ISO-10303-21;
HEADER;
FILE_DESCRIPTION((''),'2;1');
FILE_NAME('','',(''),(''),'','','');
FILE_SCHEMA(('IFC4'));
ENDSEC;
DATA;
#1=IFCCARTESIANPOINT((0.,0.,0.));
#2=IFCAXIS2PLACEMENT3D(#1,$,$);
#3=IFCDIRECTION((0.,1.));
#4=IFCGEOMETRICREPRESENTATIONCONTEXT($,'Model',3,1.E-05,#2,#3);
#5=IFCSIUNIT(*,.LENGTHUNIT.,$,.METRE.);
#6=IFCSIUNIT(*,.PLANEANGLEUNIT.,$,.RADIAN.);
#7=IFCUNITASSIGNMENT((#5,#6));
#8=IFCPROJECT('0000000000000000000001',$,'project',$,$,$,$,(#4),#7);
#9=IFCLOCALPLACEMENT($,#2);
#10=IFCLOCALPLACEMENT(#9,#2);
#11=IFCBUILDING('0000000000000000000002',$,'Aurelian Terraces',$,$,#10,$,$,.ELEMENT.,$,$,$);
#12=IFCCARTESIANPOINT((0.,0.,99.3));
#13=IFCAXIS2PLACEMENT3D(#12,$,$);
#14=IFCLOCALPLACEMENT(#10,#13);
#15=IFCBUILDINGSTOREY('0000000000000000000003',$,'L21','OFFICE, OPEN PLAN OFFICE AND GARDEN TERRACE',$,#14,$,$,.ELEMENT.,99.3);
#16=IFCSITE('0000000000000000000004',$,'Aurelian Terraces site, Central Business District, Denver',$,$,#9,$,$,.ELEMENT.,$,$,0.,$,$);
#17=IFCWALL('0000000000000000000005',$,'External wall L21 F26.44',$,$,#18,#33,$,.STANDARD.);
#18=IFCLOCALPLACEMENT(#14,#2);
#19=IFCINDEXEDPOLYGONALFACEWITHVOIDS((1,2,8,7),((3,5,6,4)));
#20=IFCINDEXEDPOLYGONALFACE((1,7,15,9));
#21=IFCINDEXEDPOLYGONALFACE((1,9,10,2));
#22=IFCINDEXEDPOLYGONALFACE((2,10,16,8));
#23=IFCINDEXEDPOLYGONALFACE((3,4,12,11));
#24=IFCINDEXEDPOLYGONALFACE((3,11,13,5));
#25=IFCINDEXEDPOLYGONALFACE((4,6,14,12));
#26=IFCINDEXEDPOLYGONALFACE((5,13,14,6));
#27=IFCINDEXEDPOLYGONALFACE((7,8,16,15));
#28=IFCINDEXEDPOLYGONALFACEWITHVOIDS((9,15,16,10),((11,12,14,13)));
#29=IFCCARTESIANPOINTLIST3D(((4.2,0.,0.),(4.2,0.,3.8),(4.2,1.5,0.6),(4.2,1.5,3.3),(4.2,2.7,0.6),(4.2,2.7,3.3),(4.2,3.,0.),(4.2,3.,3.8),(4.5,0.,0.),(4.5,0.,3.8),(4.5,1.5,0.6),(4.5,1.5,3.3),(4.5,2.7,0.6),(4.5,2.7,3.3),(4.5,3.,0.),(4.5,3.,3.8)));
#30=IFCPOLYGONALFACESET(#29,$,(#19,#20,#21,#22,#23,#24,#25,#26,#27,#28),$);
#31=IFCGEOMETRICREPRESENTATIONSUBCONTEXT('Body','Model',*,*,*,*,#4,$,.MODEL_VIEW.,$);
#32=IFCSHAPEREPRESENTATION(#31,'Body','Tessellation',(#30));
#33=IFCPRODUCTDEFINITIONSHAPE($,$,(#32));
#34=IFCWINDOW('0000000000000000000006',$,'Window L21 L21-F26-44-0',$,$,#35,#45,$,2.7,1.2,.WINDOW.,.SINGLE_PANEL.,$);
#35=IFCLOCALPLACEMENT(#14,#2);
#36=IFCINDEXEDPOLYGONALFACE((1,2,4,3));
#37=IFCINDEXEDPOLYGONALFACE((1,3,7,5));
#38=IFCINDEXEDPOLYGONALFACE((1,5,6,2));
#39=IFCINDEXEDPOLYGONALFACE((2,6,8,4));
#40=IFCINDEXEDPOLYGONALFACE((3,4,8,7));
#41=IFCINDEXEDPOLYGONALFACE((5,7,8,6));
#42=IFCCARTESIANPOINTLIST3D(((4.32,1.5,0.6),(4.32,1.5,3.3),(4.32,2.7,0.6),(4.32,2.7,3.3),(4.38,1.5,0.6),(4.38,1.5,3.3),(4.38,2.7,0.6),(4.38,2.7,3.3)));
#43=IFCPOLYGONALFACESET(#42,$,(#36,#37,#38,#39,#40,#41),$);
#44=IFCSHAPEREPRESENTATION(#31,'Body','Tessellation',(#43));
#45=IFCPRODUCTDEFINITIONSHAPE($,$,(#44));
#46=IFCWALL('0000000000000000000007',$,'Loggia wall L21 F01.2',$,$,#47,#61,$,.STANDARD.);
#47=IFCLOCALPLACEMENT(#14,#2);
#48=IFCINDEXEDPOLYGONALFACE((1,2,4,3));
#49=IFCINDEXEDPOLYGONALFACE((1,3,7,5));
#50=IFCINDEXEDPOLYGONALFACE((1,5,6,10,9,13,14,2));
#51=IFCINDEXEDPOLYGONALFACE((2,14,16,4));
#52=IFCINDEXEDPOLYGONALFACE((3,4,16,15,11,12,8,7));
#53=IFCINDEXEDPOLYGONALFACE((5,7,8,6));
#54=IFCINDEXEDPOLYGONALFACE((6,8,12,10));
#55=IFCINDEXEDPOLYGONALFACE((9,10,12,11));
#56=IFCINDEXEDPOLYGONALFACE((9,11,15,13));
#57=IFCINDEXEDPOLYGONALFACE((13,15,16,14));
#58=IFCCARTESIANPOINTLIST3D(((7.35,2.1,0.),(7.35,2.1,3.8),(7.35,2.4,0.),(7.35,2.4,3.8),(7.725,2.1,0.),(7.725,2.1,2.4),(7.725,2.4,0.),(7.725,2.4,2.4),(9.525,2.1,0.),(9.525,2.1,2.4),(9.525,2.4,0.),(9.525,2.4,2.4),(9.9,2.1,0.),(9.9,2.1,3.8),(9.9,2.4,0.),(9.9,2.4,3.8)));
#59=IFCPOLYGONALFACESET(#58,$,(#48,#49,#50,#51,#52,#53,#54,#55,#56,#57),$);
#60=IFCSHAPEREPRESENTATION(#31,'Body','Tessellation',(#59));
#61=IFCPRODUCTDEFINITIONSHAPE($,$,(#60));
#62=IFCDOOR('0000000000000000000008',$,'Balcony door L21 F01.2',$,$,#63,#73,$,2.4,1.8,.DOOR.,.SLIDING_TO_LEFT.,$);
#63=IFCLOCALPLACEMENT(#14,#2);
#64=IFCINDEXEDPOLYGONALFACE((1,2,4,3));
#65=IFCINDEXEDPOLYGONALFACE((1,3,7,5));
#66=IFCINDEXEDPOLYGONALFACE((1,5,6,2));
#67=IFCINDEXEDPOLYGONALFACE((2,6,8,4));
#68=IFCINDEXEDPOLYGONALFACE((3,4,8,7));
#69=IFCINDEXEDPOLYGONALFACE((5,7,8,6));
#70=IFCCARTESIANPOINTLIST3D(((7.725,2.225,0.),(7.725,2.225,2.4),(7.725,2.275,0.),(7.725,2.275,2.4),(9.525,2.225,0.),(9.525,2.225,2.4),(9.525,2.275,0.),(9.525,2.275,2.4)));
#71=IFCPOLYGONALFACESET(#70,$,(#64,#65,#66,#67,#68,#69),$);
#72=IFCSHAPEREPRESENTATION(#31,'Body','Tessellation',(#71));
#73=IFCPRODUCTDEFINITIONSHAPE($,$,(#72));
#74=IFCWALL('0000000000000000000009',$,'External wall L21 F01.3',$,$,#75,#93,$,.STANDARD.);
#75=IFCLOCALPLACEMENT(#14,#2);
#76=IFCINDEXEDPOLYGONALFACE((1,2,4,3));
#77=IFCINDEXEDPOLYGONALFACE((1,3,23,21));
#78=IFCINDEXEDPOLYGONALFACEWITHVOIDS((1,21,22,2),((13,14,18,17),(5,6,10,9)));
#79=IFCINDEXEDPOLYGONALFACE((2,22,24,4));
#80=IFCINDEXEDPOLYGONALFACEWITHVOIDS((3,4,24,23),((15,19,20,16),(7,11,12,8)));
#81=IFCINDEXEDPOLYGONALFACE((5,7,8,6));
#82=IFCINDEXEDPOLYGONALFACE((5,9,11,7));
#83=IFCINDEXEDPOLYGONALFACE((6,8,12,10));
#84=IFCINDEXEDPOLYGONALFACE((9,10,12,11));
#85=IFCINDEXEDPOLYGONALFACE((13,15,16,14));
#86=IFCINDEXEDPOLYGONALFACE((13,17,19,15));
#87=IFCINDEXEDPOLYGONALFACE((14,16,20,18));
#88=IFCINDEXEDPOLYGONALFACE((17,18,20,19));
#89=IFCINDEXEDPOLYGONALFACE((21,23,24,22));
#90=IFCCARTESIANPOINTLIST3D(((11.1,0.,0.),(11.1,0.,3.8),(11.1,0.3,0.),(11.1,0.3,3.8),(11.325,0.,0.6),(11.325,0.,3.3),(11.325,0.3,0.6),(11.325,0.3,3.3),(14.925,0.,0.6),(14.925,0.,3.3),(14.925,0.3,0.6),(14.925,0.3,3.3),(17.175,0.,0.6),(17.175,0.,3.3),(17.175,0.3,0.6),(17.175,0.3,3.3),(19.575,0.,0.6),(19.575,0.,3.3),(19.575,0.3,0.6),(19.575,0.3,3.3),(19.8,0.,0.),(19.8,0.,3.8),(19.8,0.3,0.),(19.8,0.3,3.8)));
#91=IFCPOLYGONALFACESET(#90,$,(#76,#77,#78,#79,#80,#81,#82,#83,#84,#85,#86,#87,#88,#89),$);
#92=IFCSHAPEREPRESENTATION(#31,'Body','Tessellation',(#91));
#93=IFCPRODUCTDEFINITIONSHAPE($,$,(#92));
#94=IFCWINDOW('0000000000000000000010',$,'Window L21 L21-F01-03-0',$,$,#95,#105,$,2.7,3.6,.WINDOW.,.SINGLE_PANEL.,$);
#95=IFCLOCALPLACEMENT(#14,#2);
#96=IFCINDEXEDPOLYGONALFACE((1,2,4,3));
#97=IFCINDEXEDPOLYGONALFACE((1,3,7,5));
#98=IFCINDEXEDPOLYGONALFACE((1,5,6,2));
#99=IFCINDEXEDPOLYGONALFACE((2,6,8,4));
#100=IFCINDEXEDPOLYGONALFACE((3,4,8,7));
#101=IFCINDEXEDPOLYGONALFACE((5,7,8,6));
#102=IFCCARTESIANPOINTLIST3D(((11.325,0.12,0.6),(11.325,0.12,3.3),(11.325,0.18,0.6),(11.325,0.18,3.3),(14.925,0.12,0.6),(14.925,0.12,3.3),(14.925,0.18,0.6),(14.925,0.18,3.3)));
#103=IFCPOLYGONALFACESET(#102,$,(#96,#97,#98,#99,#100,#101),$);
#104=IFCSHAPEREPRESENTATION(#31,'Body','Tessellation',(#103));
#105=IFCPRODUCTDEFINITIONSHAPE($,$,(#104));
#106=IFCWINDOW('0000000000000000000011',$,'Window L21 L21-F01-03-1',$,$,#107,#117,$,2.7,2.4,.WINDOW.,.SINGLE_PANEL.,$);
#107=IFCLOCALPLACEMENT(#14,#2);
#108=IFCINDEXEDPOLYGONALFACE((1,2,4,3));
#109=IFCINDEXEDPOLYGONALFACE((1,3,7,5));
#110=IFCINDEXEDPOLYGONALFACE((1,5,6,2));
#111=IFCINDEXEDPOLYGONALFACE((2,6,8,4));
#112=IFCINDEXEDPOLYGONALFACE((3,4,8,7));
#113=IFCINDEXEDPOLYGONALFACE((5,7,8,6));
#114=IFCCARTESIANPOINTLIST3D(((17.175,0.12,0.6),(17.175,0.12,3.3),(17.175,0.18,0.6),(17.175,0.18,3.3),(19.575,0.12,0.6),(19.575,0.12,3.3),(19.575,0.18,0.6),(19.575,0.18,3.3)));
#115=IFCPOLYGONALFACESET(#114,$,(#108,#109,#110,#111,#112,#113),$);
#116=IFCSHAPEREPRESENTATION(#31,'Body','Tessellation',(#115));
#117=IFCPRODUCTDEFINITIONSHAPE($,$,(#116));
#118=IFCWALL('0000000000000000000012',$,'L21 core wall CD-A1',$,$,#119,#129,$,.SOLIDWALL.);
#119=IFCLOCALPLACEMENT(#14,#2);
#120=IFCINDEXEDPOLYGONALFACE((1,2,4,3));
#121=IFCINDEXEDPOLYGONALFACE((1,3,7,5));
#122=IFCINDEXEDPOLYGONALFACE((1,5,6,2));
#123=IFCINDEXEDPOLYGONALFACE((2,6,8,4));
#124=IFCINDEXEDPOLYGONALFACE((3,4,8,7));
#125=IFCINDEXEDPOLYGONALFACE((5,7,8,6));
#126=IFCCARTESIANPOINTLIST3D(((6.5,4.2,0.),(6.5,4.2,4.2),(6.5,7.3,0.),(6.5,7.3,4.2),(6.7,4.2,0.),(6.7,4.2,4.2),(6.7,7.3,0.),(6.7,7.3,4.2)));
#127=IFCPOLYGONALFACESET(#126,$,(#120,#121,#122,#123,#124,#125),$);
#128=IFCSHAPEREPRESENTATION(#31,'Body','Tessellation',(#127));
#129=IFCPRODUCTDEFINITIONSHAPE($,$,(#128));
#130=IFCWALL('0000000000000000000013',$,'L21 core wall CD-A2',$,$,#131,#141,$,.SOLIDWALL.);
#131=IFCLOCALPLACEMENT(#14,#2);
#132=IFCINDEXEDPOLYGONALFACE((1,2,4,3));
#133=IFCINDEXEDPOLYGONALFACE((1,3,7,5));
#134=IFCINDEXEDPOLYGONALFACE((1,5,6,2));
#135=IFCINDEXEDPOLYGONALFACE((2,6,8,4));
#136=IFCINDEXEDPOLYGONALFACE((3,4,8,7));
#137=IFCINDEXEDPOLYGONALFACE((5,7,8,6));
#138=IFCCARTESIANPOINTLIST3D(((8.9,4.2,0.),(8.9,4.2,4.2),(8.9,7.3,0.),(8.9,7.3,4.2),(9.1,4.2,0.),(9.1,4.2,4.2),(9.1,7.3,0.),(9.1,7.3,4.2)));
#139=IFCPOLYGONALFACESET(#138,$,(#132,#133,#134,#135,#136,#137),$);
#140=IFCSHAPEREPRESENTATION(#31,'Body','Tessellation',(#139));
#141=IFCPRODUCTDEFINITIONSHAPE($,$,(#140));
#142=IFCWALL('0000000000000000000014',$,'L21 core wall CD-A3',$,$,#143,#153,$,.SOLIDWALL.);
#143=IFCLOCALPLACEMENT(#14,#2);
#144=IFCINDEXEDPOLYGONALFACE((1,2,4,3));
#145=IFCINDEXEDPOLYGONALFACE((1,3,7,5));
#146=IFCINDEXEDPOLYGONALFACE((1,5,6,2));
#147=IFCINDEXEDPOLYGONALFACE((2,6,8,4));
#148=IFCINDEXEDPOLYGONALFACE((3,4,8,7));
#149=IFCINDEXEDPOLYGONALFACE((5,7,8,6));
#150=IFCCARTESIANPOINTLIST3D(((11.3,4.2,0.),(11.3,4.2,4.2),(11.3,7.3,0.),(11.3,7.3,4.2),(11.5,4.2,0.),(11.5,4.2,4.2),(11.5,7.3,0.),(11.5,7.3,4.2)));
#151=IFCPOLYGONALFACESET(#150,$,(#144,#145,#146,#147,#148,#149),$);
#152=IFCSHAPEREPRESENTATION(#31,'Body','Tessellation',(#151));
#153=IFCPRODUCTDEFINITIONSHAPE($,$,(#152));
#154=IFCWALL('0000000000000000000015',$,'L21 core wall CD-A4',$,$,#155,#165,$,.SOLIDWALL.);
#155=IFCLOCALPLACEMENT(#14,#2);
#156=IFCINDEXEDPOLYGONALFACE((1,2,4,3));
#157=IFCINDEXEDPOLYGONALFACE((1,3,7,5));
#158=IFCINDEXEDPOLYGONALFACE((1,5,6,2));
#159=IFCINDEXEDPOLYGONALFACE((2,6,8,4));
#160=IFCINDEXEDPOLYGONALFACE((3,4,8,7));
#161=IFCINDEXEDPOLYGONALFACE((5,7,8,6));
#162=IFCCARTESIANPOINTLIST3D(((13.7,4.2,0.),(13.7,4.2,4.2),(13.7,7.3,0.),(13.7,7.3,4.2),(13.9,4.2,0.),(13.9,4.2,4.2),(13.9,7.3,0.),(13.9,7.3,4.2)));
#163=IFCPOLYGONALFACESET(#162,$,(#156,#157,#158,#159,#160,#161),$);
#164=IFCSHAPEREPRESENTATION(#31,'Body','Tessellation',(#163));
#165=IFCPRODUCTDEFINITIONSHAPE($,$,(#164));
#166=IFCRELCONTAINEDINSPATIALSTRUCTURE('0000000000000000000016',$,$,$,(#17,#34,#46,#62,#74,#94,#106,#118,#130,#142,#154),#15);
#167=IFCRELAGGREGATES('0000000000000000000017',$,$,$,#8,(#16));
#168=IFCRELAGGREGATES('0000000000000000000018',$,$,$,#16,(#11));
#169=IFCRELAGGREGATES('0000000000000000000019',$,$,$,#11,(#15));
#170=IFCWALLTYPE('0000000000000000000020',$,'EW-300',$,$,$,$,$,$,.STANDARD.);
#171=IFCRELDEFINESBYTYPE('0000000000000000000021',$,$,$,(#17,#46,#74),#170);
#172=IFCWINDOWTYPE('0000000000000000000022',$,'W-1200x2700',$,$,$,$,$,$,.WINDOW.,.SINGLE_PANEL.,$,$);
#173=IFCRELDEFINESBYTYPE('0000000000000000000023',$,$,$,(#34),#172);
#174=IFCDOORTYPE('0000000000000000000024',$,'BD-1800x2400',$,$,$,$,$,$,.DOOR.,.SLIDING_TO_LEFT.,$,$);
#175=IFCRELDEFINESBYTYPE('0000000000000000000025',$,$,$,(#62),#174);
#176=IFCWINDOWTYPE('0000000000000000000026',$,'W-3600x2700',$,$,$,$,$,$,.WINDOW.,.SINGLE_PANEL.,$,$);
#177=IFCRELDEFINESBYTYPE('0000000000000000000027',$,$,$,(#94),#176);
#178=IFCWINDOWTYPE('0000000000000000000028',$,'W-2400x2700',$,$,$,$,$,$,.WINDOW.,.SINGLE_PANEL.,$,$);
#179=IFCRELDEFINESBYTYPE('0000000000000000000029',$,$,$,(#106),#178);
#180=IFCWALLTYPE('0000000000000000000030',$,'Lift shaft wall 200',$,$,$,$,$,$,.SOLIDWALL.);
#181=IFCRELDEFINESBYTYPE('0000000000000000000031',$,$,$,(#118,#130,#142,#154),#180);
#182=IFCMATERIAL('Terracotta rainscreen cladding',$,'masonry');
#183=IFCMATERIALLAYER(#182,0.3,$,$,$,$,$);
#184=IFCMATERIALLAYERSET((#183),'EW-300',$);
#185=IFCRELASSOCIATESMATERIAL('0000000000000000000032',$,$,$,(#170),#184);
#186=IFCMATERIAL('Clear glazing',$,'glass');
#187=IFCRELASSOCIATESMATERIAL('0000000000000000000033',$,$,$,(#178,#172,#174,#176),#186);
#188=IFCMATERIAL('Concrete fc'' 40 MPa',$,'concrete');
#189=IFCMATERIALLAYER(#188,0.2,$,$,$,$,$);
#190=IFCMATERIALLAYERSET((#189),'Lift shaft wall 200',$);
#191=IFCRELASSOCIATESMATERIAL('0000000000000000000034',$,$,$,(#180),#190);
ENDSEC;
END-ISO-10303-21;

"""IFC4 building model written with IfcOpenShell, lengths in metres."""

from ifc_helpers import new_model, si_unit, direction, frame, frame_2d, origin, place, context, subcontext, project, spatial, rectangle, extrude, source, transform, mapped, material, layer, layer_set, type_object, element, fill, save


model = new_model("IFC4")

# Units and contexts
model_context = context("Model", 3, precision=1e-05, world=origin(), true_north=direction((0.0, 1.0)))
body_context = subcontext(model_context, "Body", "Model", "MODEL_VIEW")
ifc_project = project(units=[si_unit("LENGTHUNIT", "METRE"), si_unit("PLANEANGLEUNIT", "RADIAN")], contexts=[model_context])

# Site, building, storey
site_placement = place(None, origin())
site = spatial("IfcSite", under=ifc_project, at=site_placement, Name="Aurelian Terraces site, Central Business District, Denver", CompositionType="ELEMENT", RefElevation=0.0)
building_placement = place(site_placement, origin())
building = spatial("IfcBuilding", under=site, at=building_placement, Name="Aurelian Terraces", CompositionType="ELEMENT")
storey_placement = place(building_placement, frame((0.0, 0.0, 99.3)))
storey = spatial("IfcBuildingStorey", under=building, at=storey_placement, Name="L21", Description="OFFICE, OPEN PLAN OFFICE AND GARDEN TERRACE", CompositionType="ELEMENT", Elevation=99.3)

# Shared definitions
ifc_material_1 = material(Name="Terracotta rainscreen cladding", Category="masonry")
ifc_layer_1 = layer(ifc_material_1, 0.3)
ifc_layer_set_1 = layer_set([ifc_layer_1], Name="EW-300")
wall_type_1 = type_object("IfcWallType", Name="EW-300", PredefinedType="STANDARD", material=ifc_layer_set_1)
shared_shape_1 = source(origin(), body_context, "Body", "SweptSolid", [
    extrude(rectangle(XDim=2.4, YDim=2.7, at=frame_2d((1.2, 1.35))), frame((0.0, 0.16, 0.0), z_axis=(0.0, -1.0, 0.0), x_axis=(1.0, 0.0, 0.0)), (0.0, 0.0, 1.0), 0.32),
])
ifc_material_2 = material(Name="Clear glazing", Category="glass")
window_type_1 = type_object("IfcWindowType", Name="W-2400x2700", PartitioningType="SINGLE_PANEL", PredefinedType="WINDOW", material=ifc_material_2)
shared_shape_2 = source(origin(), body_context, "Body", "SweptSolid", [
    extrude(rectangle(XDim=2.4, YDim=2.7, at=frame_2d((1.2, 1.35))), frame((0.0, 0.03, 0.0), z_axis=(0.0, -1.0, 0.0), x_axis=(1.0, 0.0, 0.0)), (0.0, 0.0, 1.0), 0.06),
])

# Wall, opening, window
shared_shape_3 = source(origin(), body_context, "Body", "SweptSolid", [
    extrude(rectangle(XDim=3.0, YDim=0.3, at=frame_2d((1.5, 0.0))), origin(), (0.0, 0.0, 1.0), 3.8),
])
wall_1_placement = place(storey_placement, frame((4.35, 3.0, 0.0), z_axis=(0.0, 0.0, 1.0), x_axis=(0.0, -1.0, 0.0)))
wall_1 = element("IfcWall", 1, at=wall_1_placement, inside=storey, type_object=wall_type_1, Name="External wall L21 F26.44", PredefinedType="STANDARD", context=body_context, shape_type="MappedRepresentation", body=[
    mapped(shared_shape_3, transform((0.0, 0.0, 0.0), scale=1.0)),
])
shared_shape_4 = source(origin(), body_context, "Body", "SweptSolid", [
    extrude(rectangle(XDim=1.2, YDim=2.7, at=frame_2d((0.6, 1.35))), frame((0.0, 0.16, 0.0), z_axis=(0.0, -1.0, 0.0), x_axis=(1.0, 0.0, 0.0)), (0.0, 0.0, 1.0), 0.32),
])
opening_1_placement = place(wall_1_placement, frame((0.3, 0.0, 0.6)))
opening_1 = element("IfcOpeningElement", 2, at=opening_1_placement, cuts=wall_1, PredefinedType="OPENING", context=body_context, shape_type="MappedRepresentation", body=[
    mapped(shared_shape_4, transform((0.0, 0.0, 0.0), scale=1.0)),
])
window_type_2 = type_object("IfcWindowType", Name="W-1200x2700", PartitioningType="SINGLE_PANEL", PredefinedType="WINDOW", material=ifc_material_2)
shared_shape_5 = source(origin(), body_context, "Body", "SweptSolid", [
    extrude(rectangle(XDim=1.2, YDim=2.7, at=frame_2d((0.6, 1.35))), frame((0.0, 0.03, 0.0), z_axis=(0.0, -1.0, 0.0), x_axis=(1.0, 0.0, 0.0)), (0.0, 0.0, 1.0), 0.06),
])
window_1_placement = place(opening_1_placement, origin())
window_1 = element("IfcWindow", 3, at=window_1_placement, inside=storey, type_object=window_type_2, Name="Window L21 L21-F26-44-0", OverallHeight=2.7, OverallWidth=1.2, PartitioningType="SINGLE_PANEL", PredefinedType="WINDOW", context=body_context, shape_type="MappedRepresentation", body=[
    mapped(shared_shape_5, transform((0.0, 0.0, 0.0), scale=1.0)),
])
fill(opening_1, window_1)

# Wall, opening, door
shared_shape_6 = source(origin(), body_context, "Body", "SweptSolid", [
    extrude(rectangle(XDim=2.55, YDim=0.3, at=frame_2d((1.275, 0.0))), origin(), (0.0, 0.0, 1.0), 3.8),
])
wall_2_placement = place(storey_placement, frame((7.35, 2.25, 0.0), z_axis=(0.0, 0.0, 1.0), x_axis=(1.0, 0.0, 0.0)))
wall_2 = element("IfcWall", 4, at=wall_2_placement, inside=storey, type_object=wall_type_1, Name="Loggia wall L21 F01.2", PredefinedType="STANDARD", context=body_context, shape_type="MappedRepresentation", body=[
    mapped(shared_shape_6, transform((0.0, 0.0, 0.0), scale=1.0)),
])
shared_shape_7 = source(origin(), body_context, "Body", "SweptSolid", [
    extrude(rectangle(XDim=1.8, YDim=2.4, at=frame_2d((0.9, 1.2))), frame((0.0, 0.16, 0.0), z_axis=(0.0, -1.0, 0.0), x_axis=(1.0, 0.0, 0.0)), (0.0, 0.0, 1.0), 0.32),
])
opening_2_placement = place(wall_2_placement, frame((0.375, 0.0, 0.0)))
opening_2 = element("IfcOpeningElement", 5, at=opening_2_placement, cuts=wall_2, PredefinedType="OPENING", context=body_context, shape_type="MappedRepresentation", body=[
    mapped(shared_shape_7, transform((0.0, 0.0, 0.0), scale=1.0)),
])
door_type_1 = type_object("IfcDoorType", Name="BD-1800x2400", OperationType="SLIDING_TO_LEFT", PredefinedType="DOOR", material=ifc_material_2)
shared_shape_8 = source(origin(), body_context, "Body", "SweptSolid", [
    extrude(rectangle(XDim=1.8, YDim=2.4, at=frame_2d((0.9, 1.2))), frame((0.0, 0.025, 0.0), z_axis=(0.0, -1.0, 0.0), x_axis=(1.0, 0.0, 0.0)), (0.0, 0.0, 1.0), 0.05),
])
door_1_placement = place(opening_2_placement, origin())
door_1 = element("IfcDoor", 6, at=door_1_placement, inside=storey, type_object=door_type_1, Name="Balcony door L21 F01.2", OperationType="SLIDING_TO_LEFT", OverallHeight=2.4, OverallWidth=1.8, PredefinedType="DOOR", context=body_context, shape_type="MappedRepresentation", body=[
    mapped(shared_shape_8, transform((0.0, 0.0, 0.0), scale=1.0)),
])
fill(opening_2, door_1)

# Wall, openings, windows
shared_shape_9 = source(origin(), body_context, "Body", "SweptSolid", [
    extrude(rectangle(XDim=8.7, YDim=0.3, at=frame_2d((4.35, 0.0))), origin(), (0.0, 0.0, 1.0), 3.8),
])
wall_3_placement = place(storey_placement, frame((11.1, 0.15, 0.0), z_axis=(0.0, 0.0, 1.0), x_axis=(1.0, 0.0, 0.0)))
wall_3 = element("IfcWall", 7, at=wall_3_placement, inside=storey, type_object=wall_type_1, Name="External wall L21 F01.3", PredefinedType="STANDARD", context=body_context, shape_type="MappedRepresentation", body=[
    mapped(shared_shape_9, transform((0.0, 0.0, 0.0), scale=1.0)),
])
shared_shape_10 = source(origin(), body_context, "Body", "SweptSolid", [
    extrude(rectangle(XDim=3.6, YDim=2.7, at=frame_2d((1.8, 1.35))), frame((0.0, 0.16, 0.0), z_axis=(0.0, -1.0, 0.0), x_axis=(1.0, 0.0, 0.0)), (0.0, 0.0, 1.0), 0.32),
])
opening_3_placement = place(wall_3_placement, frame((0.225, 0.0, 0.6)))
opening_3 = element("IfcOpeningElement", 8, at=opening_3_placement, cuts=wall_3, PredefinedType="OPENING", context=body_context, shape_type="MappedRepresentation", body=[
    mapped(shared_shape_10, transform((0.0, 0.0, 0.0), scale=1.0)),
])
opening_4_placement = place(wall_3_placement, frame((6.075, 0.0, 0.6)))
opening_4 = element("IfcOpeningElement", 9, at=opening_4_placement, cuts=wall_3, PredefinedType="OPENING", context=body_context, shape_type="MappedRepresentation", body=[
    mapped(shared_shape_1, transform((0.0, 0.0, 0.0), scale=1.0)),
])
window_type_3 = type_object("IfcWindowType", Name="W-3600x2700", PartitioningType="SINGLE_PANEL", PredefinedType="WINDOW", material=ifc_material_2)
shared_shape_11 = source(origin(), body_context, "Body", "SweptSolid", [
    extrude(rectangle(XDim=3.6, YDim=2.7, at=frame_2d((1.8, 1.35))), frame((0.0, 0.03, 0.0), z_axis=(0.0, -1.0, 0.0), x_axis=(1.0, 0.0, 0.0)), (0.0, 0.0, 1.0), 0.06),
])
window_2_placement = place(opening_3_placement, origin())
window_2 = element("IfcWindow", 10, at=window_2_placement, inside=storey, type_object=window_type_3, Name="Window L21 L21-F01-03-0", OverallHeight=2.7, OverallWidth=3.6, PartitioningType="SINGLE_PANEL", PredefinedType="WINDOW", context=body_context, shape_type="MappedRepresentation", body=[
    mapped(shared_shape_11, transform((0.0, 0.0, 0.0), scale=1.0)),
])
fill(opening_3, window_2)
window_3_placement = place(opening_4_placement, origin())
window_3 = element("IfcWindow", 11, at=window_3_placement, inside=storey, type_object=window_type_1, Name="Window L21 L21-F01-03-1", OverallHeight=2.7, OverallWidth=2.4, PartitioningType="SINGLE_PANEL", PredefinedType="WINDOW", context=body_context, shape_type="MappedRepresentation", body=[
    mapped(shared_shape_2, transform((0.0, 0.0, 0.0), scale=1.0)),
])
fill(opening_4, window_3)

# Walls
ifc_material_3 = material(Name="Concrete fc' 40 MPa", Category="concrete")
ifc_layer_2 = layer(ifc_material_3, 0.2)
ifc_layer_set_2 = layer_set([ifc_layer_2], Name="Lift shaft wall 200")
wall_type_2 = type_object("IfcWallType", Name="Lift shaft wall 200", PredefinedType="SOLIDWALL", material=ifc_layer_set_2)
shared_shape_12 = source(origin(), body_context, "Body", "SweptSolid", [
    extrude(rectangle(XDim=3.1, YDim=0.2, at=frame_2d((1.55, 0.0))), origin(), (0.0, 0.0, 1.0), 4.2),
])
for number, where, z_axis, x_axis, name in (
    (12, (6.6, 4.2, 0.0), (0.0, 0.0, 1.0), (0.0, 1.0, 0.0), "L21 core wall CD-A1"),
    (13, (9.0, 4.2, 0.0), (0.0, 0.0, 1.0), (0.0, 1.0, 0.0), "L21 core wall CD-A2"),
    (14, (11.4, 4.2, 0.0), (0.0, 0.0, 1.0), (0.0, 1.0, 0.0), "L21 core wall CD-A3"),
    (15, (13.8, 4.2, 0.0), (0.0, 0.0, 1.0), (0.0, 1.0, 0.0), "L21 core wall CD-A4"),
):
    element("IfcWall", number, at=place(storey_placement, frame(where, z_axis=z_axis, x_axis=x_axis)), inside=storey, type_object=wall_type_2, Name=name, PredefinedType="SOLIDWALL", context=body_context, shape_type="MappedRepresentation", body=[
        mapped(shared_shape_12, transform((0.0, 0.0, 0.0), scale=1.0)),
    ])

save(model, "model.ifc")
